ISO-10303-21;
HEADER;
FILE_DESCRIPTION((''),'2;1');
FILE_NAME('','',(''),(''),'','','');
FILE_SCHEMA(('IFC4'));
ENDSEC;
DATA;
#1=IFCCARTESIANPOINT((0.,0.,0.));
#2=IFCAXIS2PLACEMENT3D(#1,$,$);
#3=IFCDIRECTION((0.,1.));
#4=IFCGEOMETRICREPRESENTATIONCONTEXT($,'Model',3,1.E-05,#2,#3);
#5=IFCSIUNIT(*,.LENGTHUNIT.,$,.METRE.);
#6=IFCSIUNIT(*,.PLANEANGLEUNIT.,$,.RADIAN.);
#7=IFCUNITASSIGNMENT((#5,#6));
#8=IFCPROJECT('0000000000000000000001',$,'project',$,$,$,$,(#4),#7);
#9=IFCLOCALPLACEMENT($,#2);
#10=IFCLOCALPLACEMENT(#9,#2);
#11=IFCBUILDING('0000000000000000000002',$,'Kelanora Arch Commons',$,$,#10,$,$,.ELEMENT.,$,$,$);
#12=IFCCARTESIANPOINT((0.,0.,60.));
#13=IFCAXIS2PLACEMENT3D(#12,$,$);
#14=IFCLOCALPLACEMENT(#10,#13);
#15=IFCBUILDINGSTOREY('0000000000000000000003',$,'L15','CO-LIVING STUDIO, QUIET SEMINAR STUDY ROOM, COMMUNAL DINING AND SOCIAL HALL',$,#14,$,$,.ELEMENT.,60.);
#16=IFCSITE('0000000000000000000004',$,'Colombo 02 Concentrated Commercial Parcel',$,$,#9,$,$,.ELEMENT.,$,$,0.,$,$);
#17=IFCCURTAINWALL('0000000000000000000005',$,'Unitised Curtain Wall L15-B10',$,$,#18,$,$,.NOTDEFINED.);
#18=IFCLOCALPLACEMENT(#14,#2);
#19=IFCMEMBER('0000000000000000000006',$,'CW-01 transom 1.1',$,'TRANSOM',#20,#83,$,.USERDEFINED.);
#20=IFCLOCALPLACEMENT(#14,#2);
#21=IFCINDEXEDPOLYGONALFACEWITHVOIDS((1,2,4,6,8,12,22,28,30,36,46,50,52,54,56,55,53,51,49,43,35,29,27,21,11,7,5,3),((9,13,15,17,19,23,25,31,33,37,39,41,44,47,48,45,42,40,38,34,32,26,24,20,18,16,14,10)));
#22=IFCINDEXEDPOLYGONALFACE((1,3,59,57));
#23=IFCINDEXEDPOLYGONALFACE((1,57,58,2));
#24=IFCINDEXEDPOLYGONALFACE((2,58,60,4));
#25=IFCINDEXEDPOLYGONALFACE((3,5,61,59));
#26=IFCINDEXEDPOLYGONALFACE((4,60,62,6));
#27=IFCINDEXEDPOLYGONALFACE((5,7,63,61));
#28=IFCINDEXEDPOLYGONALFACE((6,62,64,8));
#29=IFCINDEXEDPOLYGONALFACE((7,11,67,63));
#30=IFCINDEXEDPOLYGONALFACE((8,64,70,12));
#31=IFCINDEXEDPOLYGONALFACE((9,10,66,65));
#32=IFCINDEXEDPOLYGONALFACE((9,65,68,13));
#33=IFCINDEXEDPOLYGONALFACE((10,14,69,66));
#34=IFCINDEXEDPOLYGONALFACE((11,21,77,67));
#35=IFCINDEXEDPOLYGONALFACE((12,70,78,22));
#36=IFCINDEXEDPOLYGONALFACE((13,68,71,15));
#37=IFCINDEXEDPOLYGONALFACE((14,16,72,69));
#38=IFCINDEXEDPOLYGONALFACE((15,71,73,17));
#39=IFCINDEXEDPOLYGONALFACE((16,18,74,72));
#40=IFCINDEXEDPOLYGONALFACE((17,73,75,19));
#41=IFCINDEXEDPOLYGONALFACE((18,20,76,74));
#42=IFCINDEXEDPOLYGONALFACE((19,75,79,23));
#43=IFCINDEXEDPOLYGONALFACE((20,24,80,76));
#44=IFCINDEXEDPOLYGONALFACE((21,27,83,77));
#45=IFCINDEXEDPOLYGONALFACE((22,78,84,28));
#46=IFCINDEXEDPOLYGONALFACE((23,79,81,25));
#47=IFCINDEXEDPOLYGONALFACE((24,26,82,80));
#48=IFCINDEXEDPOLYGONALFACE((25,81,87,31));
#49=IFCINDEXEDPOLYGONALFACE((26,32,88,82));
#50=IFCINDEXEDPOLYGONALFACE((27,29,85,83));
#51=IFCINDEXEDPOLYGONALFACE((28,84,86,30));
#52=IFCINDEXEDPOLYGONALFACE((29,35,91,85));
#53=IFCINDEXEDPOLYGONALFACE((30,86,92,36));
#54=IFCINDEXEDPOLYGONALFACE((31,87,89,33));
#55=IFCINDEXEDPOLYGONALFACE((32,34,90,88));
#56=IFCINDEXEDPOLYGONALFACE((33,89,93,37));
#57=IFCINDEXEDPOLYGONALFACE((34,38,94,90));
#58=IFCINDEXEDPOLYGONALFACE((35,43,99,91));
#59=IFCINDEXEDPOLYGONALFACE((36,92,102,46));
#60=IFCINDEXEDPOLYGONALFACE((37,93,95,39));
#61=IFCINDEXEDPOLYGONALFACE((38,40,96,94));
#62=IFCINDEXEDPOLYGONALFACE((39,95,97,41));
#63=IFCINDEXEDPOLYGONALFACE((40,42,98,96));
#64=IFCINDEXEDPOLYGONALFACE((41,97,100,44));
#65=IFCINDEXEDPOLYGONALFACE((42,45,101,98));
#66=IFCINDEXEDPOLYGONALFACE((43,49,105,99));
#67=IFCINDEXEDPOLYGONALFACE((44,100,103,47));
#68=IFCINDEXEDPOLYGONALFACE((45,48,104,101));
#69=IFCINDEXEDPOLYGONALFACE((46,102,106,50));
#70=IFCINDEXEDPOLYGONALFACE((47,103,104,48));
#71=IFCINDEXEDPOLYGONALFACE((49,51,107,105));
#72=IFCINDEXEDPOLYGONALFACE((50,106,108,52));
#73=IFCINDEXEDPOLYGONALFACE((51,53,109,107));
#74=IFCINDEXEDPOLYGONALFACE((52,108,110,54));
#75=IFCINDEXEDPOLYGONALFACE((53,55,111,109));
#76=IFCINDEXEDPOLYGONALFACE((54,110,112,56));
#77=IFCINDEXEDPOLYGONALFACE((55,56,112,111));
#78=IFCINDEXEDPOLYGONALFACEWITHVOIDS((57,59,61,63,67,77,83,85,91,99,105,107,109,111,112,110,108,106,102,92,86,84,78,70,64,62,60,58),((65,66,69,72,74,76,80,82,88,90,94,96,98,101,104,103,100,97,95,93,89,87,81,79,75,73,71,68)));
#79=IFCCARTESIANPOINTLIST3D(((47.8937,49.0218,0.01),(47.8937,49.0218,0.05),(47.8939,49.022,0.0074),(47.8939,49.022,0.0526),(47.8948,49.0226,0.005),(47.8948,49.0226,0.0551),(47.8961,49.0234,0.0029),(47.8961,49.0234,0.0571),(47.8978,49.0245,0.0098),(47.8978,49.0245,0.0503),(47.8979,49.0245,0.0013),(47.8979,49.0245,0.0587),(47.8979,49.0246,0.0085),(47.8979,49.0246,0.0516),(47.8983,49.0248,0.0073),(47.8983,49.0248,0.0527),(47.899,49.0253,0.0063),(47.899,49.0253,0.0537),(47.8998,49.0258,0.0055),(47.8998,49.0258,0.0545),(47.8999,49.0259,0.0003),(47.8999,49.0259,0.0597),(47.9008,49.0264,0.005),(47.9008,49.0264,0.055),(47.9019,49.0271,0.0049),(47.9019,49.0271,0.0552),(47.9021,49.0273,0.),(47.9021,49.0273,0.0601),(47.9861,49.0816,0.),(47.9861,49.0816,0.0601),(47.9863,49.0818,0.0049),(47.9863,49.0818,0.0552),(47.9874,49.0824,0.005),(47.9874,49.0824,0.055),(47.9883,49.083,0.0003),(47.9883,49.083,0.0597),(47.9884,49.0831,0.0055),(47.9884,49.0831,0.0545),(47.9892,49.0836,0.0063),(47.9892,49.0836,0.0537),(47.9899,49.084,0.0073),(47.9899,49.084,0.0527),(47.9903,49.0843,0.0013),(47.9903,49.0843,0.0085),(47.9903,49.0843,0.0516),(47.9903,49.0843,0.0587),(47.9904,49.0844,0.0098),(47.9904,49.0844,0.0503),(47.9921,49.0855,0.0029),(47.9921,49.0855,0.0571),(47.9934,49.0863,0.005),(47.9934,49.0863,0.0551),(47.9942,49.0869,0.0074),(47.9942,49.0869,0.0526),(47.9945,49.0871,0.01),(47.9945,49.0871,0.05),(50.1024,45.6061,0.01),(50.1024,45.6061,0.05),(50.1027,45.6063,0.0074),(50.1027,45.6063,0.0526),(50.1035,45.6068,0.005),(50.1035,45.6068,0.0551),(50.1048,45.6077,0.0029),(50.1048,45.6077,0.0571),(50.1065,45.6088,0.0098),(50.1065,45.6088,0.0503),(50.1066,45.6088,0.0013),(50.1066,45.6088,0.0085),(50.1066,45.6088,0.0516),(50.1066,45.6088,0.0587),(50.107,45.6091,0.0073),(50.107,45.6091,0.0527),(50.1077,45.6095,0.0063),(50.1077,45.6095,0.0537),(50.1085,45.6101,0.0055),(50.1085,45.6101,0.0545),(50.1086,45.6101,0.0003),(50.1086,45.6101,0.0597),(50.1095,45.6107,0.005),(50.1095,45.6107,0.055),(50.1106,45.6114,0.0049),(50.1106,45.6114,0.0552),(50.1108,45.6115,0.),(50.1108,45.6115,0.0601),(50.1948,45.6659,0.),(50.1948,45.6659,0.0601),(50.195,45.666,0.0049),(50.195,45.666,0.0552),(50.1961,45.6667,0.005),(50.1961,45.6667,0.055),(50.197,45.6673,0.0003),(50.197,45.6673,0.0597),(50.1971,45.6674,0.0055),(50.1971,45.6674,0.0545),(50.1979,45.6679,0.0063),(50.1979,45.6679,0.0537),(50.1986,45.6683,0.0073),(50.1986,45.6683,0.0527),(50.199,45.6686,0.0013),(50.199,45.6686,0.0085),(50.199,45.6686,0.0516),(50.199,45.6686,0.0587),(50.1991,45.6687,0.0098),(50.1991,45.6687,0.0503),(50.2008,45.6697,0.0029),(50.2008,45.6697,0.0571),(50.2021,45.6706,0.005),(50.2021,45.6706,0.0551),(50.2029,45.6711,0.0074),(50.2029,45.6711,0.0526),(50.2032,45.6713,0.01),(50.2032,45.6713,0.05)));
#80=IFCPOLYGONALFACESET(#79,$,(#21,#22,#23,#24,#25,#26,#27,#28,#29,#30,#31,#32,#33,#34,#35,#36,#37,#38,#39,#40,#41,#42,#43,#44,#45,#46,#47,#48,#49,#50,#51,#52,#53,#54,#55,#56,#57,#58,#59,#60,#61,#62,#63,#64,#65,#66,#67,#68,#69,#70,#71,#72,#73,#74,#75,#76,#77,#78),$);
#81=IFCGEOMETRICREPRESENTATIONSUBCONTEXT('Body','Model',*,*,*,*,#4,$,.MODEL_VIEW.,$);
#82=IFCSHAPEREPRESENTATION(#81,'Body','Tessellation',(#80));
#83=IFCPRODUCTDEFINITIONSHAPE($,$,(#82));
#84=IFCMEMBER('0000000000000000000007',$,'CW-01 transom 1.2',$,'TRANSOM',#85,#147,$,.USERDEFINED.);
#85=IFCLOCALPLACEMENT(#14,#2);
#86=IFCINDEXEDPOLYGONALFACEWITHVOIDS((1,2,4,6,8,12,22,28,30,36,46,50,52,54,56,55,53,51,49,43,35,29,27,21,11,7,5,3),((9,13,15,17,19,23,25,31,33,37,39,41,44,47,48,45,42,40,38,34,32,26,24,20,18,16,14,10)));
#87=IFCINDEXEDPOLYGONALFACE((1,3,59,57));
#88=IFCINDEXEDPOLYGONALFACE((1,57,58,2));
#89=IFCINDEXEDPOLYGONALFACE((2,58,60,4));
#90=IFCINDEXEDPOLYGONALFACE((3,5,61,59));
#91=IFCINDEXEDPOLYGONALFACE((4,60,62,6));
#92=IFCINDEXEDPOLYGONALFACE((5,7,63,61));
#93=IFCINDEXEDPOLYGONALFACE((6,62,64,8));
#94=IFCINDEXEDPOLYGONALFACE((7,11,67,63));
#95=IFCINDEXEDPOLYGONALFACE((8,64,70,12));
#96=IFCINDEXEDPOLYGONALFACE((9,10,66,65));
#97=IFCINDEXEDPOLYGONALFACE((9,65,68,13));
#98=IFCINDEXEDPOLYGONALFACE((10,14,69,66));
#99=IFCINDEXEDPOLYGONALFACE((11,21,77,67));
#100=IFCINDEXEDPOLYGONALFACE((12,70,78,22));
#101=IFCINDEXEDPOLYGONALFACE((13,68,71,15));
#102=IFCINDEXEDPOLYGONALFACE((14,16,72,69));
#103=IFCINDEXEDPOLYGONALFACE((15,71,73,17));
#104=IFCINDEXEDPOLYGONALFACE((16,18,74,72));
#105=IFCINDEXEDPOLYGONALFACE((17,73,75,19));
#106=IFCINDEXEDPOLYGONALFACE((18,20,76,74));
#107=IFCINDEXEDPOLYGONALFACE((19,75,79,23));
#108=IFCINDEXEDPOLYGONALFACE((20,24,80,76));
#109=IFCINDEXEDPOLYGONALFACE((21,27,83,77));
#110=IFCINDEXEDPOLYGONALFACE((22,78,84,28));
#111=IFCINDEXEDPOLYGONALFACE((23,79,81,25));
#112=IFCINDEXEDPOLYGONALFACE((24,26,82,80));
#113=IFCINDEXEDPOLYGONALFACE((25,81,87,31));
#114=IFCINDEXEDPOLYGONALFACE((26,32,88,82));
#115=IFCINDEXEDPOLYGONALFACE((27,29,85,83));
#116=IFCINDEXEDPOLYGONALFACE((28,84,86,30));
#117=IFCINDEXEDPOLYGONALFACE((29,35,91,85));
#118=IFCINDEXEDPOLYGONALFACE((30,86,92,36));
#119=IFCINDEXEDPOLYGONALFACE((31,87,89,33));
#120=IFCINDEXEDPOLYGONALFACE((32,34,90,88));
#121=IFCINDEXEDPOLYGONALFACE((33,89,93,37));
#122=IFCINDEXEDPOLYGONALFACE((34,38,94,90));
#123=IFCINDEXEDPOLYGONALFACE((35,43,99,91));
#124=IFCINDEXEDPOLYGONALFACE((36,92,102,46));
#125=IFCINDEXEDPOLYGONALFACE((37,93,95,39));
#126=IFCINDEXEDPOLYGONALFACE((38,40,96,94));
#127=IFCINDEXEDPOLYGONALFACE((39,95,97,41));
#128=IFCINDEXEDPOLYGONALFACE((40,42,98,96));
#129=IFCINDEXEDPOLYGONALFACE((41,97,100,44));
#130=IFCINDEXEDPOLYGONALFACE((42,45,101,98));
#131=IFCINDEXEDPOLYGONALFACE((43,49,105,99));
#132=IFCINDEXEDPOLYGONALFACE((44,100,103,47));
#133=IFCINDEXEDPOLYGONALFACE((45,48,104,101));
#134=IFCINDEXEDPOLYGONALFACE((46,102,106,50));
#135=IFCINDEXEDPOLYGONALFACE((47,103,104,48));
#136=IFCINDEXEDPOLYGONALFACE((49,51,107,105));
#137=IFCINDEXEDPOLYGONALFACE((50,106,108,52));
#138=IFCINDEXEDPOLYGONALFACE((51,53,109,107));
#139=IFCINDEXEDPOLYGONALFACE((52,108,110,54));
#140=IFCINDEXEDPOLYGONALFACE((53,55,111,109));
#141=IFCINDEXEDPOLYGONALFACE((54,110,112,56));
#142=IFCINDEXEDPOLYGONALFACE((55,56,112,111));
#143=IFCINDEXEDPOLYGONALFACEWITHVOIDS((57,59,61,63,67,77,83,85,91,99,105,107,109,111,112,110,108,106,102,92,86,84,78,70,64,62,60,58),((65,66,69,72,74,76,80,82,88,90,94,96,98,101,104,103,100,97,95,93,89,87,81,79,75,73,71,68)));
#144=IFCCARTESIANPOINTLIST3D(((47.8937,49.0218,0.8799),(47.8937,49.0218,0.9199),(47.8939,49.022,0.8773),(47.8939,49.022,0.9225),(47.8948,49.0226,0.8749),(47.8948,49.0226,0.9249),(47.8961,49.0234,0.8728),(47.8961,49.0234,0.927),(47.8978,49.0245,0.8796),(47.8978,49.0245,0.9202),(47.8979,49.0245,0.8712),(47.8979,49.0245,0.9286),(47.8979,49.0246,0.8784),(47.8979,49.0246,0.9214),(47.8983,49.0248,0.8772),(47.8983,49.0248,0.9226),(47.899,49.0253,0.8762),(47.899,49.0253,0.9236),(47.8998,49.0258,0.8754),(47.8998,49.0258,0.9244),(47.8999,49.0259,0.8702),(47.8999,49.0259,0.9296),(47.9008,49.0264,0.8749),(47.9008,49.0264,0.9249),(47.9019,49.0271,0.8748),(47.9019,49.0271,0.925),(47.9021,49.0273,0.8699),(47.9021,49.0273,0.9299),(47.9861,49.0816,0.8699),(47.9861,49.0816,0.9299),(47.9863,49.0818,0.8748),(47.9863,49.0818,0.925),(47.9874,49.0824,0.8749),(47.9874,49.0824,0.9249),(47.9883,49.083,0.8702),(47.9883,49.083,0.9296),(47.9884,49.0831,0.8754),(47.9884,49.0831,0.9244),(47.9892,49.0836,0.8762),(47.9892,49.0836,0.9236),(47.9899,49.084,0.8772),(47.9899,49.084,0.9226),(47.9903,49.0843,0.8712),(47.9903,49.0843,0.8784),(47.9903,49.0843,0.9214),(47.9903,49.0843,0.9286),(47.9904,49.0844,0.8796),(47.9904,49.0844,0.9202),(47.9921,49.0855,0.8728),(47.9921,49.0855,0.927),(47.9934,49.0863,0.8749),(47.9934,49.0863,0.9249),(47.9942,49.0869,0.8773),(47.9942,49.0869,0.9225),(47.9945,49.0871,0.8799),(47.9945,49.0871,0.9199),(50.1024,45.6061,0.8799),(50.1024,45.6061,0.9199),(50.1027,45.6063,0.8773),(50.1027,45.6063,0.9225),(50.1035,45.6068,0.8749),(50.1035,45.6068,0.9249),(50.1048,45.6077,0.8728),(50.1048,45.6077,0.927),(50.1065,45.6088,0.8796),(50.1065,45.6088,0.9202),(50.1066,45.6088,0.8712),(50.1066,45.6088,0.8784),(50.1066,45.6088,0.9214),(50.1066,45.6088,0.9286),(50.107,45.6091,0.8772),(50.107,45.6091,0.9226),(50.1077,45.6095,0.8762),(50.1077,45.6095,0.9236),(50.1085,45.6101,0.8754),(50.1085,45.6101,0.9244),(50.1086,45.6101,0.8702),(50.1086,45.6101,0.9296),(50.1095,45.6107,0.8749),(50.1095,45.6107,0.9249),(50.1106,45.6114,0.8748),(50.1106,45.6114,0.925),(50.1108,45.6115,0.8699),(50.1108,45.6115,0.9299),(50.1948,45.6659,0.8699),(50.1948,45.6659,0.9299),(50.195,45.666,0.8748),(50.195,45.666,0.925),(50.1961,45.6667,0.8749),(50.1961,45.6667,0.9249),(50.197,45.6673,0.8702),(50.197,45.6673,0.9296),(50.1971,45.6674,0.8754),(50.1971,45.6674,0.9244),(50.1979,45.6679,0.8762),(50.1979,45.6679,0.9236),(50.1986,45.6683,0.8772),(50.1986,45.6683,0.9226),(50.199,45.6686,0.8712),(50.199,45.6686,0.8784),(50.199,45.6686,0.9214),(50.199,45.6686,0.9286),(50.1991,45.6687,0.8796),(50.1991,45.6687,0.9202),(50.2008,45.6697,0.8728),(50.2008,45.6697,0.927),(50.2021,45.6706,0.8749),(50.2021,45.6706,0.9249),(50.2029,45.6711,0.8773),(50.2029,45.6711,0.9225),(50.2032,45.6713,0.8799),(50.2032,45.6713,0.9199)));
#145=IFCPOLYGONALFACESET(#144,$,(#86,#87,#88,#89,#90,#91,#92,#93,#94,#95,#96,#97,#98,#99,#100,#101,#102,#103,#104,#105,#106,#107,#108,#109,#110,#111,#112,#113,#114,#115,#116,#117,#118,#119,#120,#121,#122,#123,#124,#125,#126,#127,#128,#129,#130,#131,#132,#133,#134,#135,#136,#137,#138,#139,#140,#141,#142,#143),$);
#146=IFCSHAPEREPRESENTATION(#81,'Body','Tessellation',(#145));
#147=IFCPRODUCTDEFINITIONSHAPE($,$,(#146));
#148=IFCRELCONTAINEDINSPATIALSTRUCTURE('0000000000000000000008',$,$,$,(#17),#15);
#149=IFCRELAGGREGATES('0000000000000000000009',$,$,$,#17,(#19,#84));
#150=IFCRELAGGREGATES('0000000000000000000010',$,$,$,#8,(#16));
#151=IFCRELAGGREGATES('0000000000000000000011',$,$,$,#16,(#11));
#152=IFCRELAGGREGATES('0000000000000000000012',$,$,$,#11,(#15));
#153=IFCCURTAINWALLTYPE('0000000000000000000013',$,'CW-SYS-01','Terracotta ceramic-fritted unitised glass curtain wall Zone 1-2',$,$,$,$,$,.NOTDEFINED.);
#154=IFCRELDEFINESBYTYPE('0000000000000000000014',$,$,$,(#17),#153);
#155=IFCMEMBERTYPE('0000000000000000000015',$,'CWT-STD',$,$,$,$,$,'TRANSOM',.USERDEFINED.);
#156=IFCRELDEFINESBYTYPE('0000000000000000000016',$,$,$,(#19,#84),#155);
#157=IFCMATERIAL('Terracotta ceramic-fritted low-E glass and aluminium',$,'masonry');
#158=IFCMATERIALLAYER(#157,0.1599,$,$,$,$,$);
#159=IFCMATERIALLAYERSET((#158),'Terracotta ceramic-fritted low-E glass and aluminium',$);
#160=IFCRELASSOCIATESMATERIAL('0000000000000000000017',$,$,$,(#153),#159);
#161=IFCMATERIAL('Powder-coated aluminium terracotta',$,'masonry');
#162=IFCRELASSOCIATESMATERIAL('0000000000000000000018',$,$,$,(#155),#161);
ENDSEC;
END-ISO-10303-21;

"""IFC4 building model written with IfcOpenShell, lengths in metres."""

from ifc_helpers import new_model, si_unit, direction, frame, origin, origin_2d, place, context, subcontext, project, spatial, hollow_rectangle, extrude, material, layer, layer_set, material_profile, profile_set, type_object, element, aggregate, save


model = new_model("IFC4")

# Units and contexts
model_context = context("Model", 3, precision=1e-05, world=origin(), true_north=direction((0.0, 1.0)))
body_context = subcontext(model_context, "Body", "Model", "MODEL_VIEW")
ifc_project = project(units=[si_unit("LENGTHUNIT", "METRE"), si_unit("PLANEANGLEUNIT", "RADIAN")], contexts=[model_context])

# Site, building, storey
site_placement = place(None, origin())
site = spatial("IfcSite", under=ifc_project, at=site_placement, Name="Colombo 02 Concentrated Commercial Parcel", CompositionType="ELEMENT", RefElevation=0.0)
building_placement = place(site_placement, origin())
building = spatial("IfcBuilding", under=site, at=building_placement, Name="Kelanora Arch Commons", CompositionType="ELEMENT")
storey_placement = place(building_placement, frame((0.0, 0.0, 60.0)))
storey = spatial("IfcBuildingStorey", under=building, at=storey_placement, Name="L15", Description="CO-LIVING STUDIO, QUIET SEMINAR STUDY ROOM, COMMUNAL DINING AND SOCIAL HALL", CompositionType="ELEMENT", Elevation=60.0)

# Shared definitions
ifc_material_1 = material(Name="Terracotta ceramic-fritted low-E glass and aluminium", Category="masonry")
ifc_layer_1 = layer(ifc_material_1, 0.1599)
ifc_layer_set_1 = layer_set([ifc_layer_1], Name="Terracotta ceramic-fritted low-E glass and aluminium")
curtain_wall_type = type_object("IfcCurtainWallType", Name="CW-SYS-01", Description="Terracotta ceramic-fritted unitised glass curtain wall Zone 1-2", PredefinedType="NOTDEFINED", material=ifc_layer_set_1)
ifc_material_2 = material(Name="Powder-coated aluminium terracotta", Category="masonry")

# Curtain wall, members
curtain_wall_1_placement = place(storey_placement, origin())
curtain_wall_1 = element("IfcCurtainWall", 1, at=curtain_wall_1_placement, inside=storey, type_object=curtain_wall_type, Name="Unitised Curtain Wall L15-B10", PredefinedType="NOTDEFINED")
ifc_material_profile_1 = material_profile(ifc_material_2, hollow_rectangle(XDim=0.1201, YDim=0.0601, WallThickness=0.0049, InnerFilletRadius=0.0049, OuterFilletRadius=0.01, at=origin_2d()), Name="CWT120x60")
ifc_profile_set_1 = profile_set([ifc_material_profile_1], Name="Powder-coated aluminium terracotta")
member_type_1 = type_object("IfcMemberType", Name="CWT-STD", ElementType="TRANSOM", PredefinedType="USERDEFINED", material=ifc_profile_set_1)
member_1_placement = place(storey_placement, frame((47.9441, 49.0544, 0.03), z_axis=(0.542997, -0.839734, 0.0), x_axis=(0.839734, 0.542997, 0.0)))
member_1 = element("IfcMember", 2, at=member_1_placement, type_object=member_type_1, Name="CW-01 transom 1.1", ObjectType="TRANSOM", PredefinedType="USERDEFINED", context=body_context, shape_type="SweptSolid", body=[
    extrude(hollow_rectangle(XDim=0.1201, YDim=0.0601, WallThickness=0.0049, InnerFilletRadius=0.0049, OuterFilletRadius=0.01, at=origin_2d()), origin(), (0.0, 0.0, 1.0), 4.0676),
])
member_2_placement = place(storey_placement, frame((47.9441, 49.0544, 0.8999), z_axis=(0.542997, -0.839734, 0.0), x_axis=(0.839734, 0.542997, 0.0)))
member_2 = element("IfcMember", 3, at=member_2_placement, type_object=member_type_1, Name="CW-01 transom 1.2", ObjectType="TRANSOM", PredefinedType="USERDEFINED", context=body_context, shape_type="SweptSolid", body=[
    extrude(hollow_rectangle(XDim=0.1201, YDim=0.0601, WallThickness=0.0049, InnerFilletRadius=0.0049, OuterFilletRadius=0.01, at=origin_2d()), origin(), (0.0, 0.0, 1.0), 4.0676),
])

aggregate(curtain_wall_1, [member_1, member_2])

save(model, "model.ifc")
